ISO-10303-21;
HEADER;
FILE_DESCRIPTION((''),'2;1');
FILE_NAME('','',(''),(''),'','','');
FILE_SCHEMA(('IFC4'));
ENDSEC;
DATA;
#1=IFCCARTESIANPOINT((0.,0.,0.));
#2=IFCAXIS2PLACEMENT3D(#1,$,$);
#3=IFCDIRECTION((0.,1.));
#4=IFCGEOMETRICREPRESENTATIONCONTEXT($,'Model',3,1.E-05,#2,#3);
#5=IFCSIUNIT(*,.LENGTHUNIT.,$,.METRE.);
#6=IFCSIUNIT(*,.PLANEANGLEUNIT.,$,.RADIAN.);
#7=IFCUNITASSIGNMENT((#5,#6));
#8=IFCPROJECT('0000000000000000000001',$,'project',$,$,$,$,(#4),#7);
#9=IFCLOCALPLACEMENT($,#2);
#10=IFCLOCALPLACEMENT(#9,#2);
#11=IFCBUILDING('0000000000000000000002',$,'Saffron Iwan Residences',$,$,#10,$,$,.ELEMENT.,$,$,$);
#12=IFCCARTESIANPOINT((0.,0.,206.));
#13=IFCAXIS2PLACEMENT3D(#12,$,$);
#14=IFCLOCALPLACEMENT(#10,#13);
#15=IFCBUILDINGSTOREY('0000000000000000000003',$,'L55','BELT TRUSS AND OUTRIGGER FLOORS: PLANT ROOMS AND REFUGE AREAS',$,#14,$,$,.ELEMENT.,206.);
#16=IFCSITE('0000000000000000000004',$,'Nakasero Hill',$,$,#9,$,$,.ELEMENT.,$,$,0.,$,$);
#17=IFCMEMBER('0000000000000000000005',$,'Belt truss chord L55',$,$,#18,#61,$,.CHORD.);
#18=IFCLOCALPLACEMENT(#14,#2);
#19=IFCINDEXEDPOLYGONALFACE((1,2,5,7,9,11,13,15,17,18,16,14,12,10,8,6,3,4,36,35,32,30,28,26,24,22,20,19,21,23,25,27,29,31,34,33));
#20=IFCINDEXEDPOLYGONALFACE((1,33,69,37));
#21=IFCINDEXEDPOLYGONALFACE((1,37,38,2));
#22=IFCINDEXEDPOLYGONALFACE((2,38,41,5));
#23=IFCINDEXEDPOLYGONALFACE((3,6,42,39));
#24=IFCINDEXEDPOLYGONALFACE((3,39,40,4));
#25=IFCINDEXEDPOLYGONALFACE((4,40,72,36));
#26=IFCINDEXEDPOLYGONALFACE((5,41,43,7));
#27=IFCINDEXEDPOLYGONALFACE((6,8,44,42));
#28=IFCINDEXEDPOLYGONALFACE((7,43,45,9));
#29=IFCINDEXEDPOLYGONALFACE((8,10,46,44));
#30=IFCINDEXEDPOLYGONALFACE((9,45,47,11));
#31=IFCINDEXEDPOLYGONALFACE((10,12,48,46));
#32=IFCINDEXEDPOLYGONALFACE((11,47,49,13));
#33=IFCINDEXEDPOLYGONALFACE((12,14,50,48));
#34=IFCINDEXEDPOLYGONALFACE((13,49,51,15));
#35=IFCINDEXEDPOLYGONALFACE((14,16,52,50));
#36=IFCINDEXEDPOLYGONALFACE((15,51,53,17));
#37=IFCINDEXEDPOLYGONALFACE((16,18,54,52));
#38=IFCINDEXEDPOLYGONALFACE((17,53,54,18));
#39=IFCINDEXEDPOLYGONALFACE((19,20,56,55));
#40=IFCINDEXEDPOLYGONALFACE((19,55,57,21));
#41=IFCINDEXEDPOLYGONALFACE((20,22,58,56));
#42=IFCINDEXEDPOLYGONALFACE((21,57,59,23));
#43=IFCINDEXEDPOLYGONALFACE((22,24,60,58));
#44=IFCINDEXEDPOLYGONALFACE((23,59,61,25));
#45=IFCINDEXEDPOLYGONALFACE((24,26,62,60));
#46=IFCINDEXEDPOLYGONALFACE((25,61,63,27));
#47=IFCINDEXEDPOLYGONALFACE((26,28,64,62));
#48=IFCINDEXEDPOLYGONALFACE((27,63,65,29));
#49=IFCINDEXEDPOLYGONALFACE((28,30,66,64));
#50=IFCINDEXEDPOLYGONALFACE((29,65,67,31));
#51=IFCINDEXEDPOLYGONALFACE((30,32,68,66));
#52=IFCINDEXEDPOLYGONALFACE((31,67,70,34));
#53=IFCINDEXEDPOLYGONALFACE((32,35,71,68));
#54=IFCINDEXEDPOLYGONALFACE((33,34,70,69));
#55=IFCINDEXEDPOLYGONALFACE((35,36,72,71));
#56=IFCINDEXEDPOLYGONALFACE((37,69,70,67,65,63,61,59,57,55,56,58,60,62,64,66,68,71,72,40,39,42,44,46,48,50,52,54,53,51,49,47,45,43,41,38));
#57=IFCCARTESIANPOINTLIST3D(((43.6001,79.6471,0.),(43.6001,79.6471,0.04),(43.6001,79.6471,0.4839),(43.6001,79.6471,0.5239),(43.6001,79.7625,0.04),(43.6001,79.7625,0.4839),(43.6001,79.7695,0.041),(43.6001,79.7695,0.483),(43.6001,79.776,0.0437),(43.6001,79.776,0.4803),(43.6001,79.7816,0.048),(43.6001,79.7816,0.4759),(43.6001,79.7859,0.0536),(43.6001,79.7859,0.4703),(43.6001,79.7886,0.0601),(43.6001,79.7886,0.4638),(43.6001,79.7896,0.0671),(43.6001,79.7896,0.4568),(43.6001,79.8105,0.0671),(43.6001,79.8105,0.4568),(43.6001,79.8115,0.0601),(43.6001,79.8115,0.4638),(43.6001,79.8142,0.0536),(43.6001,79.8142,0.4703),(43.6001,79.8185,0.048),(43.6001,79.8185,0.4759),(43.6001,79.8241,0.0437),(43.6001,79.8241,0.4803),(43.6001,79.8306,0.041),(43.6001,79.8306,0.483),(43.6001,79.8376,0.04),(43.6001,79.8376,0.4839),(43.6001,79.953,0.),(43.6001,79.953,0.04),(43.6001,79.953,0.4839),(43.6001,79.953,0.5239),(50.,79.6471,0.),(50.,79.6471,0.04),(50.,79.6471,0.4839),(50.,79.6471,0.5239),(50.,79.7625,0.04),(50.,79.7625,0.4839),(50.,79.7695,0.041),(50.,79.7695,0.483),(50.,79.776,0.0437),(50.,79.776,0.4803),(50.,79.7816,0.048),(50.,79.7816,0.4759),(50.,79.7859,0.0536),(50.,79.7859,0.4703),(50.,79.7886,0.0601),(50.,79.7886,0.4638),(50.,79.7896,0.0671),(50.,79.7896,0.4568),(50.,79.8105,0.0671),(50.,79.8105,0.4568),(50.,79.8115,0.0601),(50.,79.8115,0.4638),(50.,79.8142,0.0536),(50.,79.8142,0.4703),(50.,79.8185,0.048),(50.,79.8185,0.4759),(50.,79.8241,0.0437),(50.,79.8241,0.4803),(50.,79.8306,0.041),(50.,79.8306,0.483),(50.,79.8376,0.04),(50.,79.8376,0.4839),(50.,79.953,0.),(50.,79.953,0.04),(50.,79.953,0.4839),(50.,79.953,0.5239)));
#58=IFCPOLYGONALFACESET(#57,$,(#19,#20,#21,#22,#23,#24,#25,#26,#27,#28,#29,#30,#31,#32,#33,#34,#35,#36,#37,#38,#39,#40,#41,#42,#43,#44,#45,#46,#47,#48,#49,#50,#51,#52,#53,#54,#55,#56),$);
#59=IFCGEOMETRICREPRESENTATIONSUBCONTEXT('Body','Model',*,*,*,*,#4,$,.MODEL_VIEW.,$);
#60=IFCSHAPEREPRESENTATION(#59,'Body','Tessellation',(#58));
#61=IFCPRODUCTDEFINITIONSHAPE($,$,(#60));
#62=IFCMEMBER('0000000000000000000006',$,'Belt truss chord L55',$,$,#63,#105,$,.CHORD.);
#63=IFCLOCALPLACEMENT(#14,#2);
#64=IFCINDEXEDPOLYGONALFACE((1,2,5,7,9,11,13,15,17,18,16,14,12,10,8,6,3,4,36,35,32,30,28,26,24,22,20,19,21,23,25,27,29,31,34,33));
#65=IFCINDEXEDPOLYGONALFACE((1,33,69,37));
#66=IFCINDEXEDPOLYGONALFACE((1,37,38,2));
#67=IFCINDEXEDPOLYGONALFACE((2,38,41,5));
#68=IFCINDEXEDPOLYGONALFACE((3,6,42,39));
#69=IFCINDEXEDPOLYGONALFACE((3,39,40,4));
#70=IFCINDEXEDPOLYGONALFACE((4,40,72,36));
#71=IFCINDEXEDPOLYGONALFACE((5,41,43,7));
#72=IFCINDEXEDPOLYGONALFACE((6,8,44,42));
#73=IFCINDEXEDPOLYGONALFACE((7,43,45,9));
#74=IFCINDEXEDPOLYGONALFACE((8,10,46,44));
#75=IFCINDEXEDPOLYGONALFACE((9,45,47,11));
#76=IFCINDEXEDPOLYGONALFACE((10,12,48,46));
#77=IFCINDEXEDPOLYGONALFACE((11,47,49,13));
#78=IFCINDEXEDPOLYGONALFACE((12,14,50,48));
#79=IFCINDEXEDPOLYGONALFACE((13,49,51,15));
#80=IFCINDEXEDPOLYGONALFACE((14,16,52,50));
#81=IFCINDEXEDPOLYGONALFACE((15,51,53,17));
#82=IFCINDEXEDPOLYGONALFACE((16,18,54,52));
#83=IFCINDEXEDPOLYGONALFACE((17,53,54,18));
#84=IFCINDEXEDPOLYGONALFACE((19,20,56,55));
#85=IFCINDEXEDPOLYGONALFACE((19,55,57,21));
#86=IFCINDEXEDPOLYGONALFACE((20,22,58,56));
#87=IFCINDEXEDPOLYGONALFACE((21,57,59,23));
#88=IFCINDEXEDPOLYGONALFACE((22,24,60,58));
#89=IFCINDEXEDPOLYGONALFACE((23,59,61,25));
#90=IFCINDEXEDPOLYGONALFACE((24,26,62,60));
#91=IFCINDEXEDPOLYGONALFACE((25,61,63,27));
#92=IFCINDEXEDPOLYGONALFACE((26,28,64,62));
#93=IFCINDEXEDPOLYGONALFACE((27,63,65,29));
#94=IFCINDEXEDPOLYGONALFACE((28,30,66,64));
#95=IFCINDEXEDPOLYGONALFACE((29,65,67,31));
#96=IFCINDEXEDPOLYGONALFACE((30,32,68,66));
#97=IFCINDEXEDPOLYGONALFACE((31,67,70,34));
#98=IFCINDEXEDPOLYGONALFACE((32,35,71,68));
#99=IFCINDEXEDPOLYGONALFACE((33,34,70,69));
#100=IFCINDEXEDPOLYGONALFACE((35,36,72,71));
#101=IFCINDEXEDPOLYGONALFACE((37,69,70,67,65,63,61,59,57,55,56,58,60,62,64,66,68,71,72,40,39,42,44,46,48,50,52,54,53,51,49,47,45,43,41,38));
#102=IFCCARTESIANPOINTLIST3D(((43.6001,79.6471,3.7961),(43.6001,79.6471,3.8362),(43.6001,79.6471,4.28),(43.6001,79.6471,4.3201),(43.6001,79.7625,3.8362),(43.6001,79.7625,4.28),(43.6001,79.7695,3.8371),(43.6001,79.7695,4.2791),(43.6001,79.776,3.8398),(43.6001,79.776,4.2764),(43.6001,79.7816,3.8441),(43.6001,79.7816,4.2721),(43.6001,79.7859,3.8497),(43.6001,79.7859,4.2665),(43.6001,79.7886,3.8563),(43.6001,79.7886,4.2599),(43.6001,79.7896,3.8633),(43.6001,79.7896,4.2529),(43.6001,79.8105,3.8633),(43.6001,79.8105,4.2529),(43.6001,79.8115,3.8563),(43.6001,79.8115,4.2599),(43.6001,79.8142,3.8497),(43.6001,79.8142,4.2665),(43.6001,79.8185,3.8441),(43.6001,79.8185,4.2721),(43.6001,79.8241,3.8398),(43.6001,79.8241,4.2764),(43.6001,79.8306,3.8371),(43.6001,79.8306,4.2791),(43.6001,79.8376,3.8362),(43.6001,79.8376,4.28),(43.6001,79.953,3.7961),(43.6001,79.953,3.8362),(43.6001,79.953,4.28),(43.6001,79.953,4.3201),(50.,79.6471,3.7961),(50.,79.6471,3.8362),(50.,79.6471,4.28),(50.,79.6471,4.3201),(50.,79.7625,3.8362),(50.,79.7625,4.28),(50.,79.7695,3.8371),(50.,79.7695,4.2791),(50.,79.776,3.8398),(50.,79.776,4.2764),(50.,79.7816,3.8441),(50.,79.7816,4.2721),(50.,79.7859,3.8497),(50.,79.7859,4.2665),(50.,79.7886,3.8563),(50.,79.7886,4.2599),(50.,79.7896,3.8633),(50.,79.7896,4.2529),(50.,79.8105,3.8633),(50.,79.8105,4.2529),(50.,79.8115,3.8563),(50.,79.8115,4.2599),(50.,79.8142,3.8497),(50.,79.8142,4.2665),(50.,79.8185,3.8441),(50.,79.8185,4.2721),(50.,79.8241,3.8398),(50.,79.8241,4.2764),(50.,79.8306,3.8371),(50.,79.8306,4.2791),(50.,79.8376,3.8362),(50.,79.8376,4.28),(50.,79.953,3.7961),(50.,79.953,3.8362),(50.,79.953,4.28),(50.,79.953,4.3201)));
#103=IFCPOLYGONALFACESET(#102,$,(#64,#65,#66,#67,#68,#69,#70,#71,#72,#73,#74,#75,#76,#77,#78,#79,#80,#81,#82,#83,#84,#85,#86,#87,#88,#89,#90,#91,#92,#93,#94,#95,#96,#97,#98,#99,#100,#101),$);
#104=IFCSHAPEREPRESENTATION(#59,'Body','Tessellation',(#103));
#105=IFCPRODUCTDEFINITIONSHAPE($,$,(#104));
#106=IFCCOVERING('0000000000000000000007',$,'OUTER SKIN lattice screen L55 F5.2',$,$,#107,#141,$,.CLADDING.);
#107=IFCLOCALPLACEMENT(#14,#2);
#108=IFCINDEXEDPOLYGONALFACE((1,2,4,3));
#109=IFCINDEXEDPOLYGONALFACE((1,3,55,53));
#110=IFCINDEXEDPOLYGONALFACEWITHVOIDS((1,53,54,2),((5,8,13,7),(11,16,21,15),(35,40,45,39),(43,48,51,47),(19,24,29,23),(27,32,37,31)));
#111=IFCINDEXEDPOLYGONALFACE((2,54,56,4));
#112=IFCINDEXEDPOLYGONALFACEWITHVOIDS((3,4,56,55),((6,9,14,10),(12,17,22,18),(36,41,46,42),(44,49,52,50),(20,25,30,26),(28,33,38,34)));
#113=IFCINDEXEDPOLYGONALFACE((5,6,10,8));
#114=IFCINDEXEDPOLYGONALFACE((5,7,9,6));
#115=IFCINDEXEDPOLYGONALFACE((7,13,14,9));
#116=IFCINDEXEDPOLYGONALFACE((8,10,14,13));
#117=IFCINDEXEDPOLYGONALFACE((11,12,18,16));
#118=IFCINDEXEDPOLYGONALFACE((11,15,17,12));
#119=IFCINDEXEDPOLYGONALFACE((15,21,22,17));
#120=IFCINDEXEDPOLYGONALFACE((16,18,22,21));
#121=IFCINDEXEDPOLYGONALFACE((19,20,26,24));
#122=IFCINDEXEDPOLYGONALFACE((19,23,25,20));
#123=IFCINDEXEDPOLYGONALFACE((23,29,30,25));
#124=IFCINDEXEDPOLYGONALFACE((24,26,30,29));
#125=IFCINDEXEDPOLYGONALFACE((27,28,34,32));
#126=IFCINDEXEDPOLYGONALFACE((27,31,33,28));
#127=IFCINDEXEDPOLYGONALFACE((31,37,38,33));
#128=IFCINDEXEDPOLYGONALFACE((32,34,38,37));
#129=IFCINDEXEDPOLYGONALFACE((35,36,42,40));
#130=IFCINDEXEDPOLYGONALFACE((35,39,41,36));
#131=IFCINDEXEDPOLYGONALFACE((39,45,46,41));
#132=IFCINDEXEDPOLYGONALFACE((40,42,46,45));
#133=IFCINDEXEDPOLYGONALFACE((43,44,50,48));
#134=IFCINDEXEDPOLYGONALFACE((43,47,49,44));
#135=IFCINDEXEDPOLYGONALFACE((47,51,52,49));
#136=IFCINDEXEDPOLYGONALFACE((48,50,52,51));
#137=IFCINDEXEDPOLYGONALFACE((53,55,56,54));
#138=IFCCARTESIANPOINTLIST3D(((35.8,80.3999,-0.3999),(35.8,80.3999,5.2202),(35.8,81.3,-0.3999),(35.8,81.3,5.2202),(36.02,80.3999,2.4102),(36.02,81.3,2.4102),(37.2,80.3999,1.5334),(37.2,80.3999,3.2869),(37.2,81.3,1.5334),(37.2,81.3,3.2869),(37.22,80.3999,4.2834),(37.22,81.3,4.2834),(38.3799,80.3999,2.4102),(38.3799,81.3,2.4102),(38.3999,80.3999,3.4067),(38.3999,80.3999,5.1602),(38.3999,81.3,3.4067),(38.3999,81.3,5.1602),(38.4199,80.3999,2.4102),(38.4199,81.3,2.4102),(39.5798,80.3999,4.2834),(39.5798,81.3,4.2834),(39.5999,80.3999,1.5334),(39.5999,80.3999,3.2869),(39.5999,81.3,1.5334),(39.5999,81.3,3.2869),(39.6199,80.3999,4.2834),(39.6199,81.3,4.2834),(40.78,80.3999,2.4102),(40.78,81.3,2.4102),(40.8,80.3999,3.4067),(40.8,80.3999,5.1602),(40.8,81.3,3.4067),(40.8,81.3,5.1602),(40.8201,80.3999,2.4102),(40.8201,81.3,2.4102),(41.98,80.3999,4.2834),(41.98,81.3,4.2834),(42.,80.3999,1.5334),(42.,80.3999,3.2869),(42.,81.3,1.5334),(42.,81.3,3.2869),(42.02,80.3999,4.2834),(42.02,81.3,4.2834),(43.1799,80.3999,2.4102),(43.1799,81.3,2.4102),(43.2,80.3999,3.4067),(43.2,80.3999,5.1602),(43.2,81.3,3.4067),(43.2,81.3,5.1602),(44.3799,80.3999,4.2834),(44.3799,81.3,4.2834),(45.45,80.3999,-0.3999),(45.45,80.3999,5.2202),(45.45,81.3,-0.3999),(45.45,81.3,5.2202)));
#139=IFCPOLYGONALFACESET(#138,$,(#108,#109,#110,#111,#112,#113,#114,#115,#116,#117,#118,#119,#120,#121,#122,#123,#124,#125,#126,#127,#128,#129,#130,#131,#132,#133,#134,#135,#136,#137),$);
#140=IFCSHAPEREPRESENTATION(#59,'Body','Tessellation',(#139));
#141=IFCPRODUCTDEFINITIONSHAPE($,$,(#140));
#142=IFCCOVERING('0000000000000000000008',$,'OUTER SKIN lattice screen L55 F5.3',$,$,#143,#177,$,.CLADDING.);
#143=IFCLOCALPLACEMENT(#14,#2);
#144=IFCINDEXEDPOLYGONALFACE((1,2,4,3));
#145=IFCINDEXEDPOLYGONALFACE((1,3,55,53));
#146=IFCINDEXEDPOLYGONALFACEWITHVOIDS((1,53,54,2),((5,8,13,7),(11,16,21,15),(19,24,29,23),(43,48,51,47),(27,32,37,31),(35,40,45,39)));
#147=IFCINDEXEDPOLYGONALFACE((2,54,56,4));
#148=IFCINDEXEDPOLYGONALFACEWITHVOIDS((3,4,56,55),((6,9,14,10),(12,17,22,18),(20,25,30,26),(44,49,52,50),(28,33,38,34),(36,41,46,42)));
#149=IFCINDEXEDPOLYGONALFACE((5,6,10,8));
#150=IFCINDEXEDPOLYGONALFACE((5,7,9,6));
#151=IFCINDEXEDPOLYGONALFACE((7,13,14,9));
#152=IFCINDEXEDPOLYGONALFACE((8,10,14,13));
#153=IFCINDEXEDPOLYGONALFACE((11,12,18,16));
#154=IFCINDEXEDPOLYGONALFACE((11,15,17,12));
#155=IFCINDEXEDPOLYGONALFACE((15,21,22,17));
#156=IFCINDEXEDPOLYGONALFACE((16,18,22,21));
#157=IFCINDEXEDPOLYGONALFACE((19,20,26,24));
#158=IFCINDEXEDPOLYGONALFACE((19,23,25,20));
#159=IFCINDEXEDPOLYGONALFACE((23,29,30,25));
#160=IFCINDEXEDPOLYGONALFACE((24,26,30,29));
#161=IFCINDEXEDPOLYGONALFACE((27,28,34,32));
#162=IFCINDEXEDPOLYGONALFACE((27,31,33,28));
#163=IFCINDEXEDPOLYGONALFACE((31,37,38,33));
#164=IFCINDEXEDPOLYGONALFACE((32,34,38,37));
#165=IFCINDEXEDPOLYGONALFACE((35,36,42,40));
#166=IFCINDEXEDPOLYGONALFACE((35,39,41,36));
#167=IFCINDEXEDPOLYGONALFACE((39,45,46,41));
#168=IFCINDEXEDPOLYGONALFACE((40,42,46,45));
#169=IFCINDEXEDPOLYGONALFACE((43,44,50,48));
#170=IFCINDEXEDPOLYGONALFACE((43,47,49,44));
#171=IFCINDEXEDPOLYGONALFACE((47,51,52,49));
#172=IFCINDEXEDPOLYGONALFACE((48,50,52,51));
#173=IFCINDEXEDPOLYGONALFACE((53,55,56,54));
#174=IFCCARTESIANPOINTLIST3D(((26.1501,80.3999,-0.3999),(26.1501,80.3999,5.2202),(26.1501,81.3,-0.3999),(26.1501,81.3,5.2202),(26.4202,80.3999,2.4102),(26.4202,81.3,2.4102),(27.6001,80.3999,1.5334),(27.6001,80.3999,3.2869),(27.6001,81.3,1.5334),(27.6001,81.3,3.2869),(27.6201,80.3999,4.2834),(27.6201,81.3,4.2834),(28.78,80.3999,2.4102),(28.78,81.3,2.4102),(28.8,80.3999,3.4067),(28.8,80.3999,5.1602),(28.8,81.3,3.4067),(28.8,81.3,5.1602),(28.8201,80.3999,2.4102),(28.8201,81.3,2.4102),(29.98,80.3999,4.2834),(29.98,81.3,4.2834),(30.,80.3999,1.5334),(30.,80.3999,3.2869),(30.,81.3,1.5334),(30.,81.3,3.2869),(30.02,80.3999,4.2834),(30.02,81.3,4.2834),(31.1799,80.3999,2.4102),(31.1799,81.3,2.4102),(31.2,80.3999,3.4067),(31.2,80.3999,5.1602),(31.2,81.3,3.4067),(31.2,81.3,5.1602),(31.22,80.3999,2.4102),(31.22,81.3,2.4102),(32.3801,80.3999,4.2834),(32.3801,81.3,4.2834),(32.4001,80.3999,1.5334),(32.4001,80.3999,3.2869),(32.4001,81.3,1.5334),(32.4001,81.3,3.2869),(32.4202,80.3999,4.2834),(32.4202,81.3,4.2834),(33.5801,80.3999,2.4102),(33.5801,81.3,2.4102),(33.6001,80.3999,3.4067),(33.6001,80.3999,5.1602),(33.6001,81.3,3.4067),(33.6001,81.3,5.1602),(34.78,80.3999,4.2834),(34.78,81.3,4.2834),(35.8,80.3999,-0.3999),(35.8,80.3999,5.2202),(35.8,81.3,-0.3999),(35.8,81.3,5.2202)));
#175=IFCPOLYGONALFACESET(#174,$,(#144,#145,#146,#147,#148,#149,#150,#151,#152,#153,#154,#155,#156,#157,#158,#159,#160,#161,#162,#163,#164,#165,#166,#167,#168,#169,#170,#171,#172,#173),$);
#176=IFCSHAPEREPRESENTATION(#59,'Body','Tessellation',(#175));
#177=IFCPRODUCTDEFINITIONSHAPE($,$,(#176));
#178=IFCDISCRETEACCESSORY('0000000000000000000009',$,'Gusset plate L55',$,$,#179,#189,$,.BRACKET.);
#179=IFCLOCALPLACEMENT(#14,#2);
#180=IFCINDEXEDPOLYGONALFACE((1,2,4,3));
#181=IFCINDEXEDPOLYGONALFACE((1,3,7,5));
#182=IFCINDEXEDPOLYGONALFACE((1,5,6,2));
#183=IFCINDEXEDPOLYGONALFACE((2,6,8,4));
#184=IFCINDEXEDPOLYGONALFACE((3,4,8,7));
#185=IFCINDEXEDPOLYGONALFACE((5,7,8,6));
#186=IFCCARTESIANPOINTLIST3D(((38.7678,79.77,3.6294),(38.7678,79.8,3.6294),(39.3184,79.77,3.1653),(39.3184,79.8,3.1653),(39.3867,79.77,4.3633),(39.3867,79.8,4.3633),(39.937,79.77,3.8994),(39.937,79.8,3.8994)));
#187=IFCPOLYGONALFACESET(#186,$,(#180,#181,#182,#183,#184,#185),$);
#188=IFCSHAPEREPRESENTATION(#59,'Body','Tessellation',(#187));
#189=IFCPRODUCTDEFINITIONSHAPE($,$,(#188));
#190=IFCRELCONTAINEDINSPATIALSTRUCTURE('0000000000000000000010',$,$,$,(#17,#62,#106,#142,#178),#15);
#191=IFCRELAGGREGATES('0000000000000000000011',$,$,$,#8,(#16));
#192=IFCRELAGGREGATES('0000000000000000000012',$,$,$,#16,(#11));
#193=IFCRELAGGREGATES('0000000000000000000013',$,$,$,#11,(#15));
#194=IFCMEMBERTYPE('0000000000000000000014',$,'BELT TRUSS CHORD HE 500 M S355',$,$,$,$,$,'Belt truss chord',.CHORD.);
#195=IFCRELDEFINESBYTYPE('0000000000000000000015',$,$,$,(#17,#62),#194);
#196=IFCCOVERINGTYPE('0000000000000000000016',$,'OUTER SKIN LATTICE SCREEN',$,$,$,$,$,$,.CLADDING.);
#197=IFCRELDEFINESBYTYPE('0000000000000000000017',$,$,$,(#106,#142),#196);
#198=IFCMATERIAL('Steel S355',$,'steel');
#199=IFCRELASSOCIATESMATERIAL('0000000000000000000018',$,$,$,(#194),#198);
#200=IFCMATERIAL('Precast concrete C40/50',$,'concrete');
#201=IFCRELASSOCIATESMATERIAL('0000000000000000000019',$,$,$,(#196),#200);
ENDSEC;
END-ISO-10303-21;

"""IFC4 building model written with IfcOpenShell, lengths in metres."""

from ifc_helpers import new_model, si_unit, direction, frame, origin, origin_2d, place, context, subcontext, project, spatial, polyline, i_section, outline, extrude, source, transform, mapped, material, material_profile, profile_set, type_object, element, save


model = new_model("IFC4")

# Units and contexts
model_context = context("Model", 3, precision=1e-05, world=origin(), true_north=direction((0.0, 1.0)))
body_context = subcontext(model_context, "Body", "Model", "MODEL_VIEW")
ifc_project = project(units=[si_unit("LENGTHUNIT", "METRE"), si_unit("PLANEANGLEUNIT", "RADIAN")], contexts=[model_context])

# Site, building, storey
site_placement = place(None, origin())
site = spatial("IfcSite", under=ifc_project, at=site_placement, Name="Nakasero Hill", CompositionType="ELEMENT", RefElevation=0.0)
building_placement = place(site_placement, origin())
building = spatial("IfcBuilding", under=site, at=building_placement, Name="Saffron Iwan Residences", CompositionType="ELEMENT")
storey_placement = place(building_placement, frame((0.0, 0.0, 206.0)))
storey = spatial("IfcBuildingStorey", under=building, at=storey_placement, Name="L55", Description="BELT TRUSS AND OUTRIGGER FLOORS: PLANT ROOMS AND REFUGE AREAS", CompositionType="ELEMENT", Elevation=206.0)

# Members
ifc_material_1 = material(Name="Steel S355", Category="steel")
ifc_material_profile_1 = material_profile(ifc_material_1, i_section(OverallWidth=0.3059, OverallDepth=0.5239, WebThickness=0.021, FlangeThickness=0.04, FilletRadius=0.0271, at=origin_2d()), Name="HE 500 M")
ifc_profile_set_1 = profile_set([ifc_material_profile_1], Name="Steel S355")
member_type_1 = type_object("IfcMemberType", Name="BELT TRUSS CHORD HE 500 M S355", ElementType="Belt truss chord", PredefinedType="CHORD", material=ifc_profile_set_1)
shared_shape_1 = source(origin(), body_context, "Body", "SweptSolid", [
    extrude(i_section(OverallWidth=0.3059, OverallDepth=0.5239, WebThickness=0.021, FlangeThickness=0.04, FilletRadius=0.0271, at=origin_2d()), origin(), (0.0, 0.0, 1.0), 6.3999),
])
for number, where, z_axis, x_axis, name in (
    (1, (43.6001, 79.8, 0.262), (1.0, 0.0, 0.0), (0.0, 1.0, 0.0), "Belt truss chord L55"),
    (2, (43.6001, 79.8, 4.0581), (1.0, 0.0, 0.0), (0.0, 1.0, 0.0), "Belt truss chord L55"),
):
    element("IfcMember", number, at=place(storey_placement, frame(where, z_axis=z_axis, x_axis=x_axis)), inside=storey, type_object=member_type_1, Name=name, PredefinedType="CHORD", context=body_context, shape_type="MappedRepresentation", body=[
        mapped(shared_shape_1, transform((0.0, 0.0, 0.0))),
    ])

# Coverings
ifc_material_2 = material(Name="Precast concrete C40/50", Category="concrete")
covering_type = type_object("IfcCoveringType", Name="OUTER SKIN LATTICE SCREEN", PredefinedType="CLADDING", material=ifc_material_2)
covering_1_placement = place(storey_placement, frame((45.45, 80.3999, -0.3999), z_axis=(0.0, 1.0, 0.0), x_axis=(-1.0, 0.0, 0.0)))
element("IfcCovering", 3, at=covering_1_placement, inside=storey, type_object=covering_type, Name="OUTER SKIN lattice screen L55 F5.2", PredefinedType="CLADDING", context=body_context, shape_type="SweptSolid", body=[
    extrude(outline(polyline([(0.0, 0.0), (9.6499, 0.0), (9.6499, 5.6201), (0.0, 5.6201), (0.0, 0.0)]), holes=[polyline([(2.27, 2.8101), (3.45, 1.9333), (4.6299, 2.8101), (3.45, 3.6868), (2.27, 2.8101)]), polyline([(4.6699, 2.8101), (5.8501, 1.9333), (7.03, 2.8101), (5.8501, 3.6868), (4.6699, 2.8101)]), polyline([(7.0701, 2.8101), (8.25, 1.9333), (9.4299, 2.8101), (8.25, 3.6868), (7.0701, 2.8101)]), polyline([(1.0701, 4.6833), (2.25, 3.8066), (3.4299, 4.6833), (2.25, 5.5601), (1.0701, 4.6833)]), polyline([(3.47, 4.6833), (4.6499, 3.8066), (5.8301, 4.6833), (4.6499, 5.5601), (3.47, 4.6833)]), polyline([(5.8701, 4.6833), (7.05, 3.8066), (8.23, 4.6833), (7.05, 5.5601), (5.8701, 4.6833)])]), origin(), (0.0, 0.0, 1.0), 0.9001),
])
covering_2_placement = place(storey_placement, frame((35.8, 80.3999, -0.3999), z_axis=(0.0, 1.0, 0.0), x_axis=(-1.0, 0.0, 0.0)))
element("IfcCovering", 4, at=covering_2_placement, inside=storey, type_object=covering_type, Name="OUTER SKIN lattice screen L55 F5.3", PredefinedType="CLADDING", context=body_context, shape_type="SweptSolid", body=[
    extrude(outline(polyline([(0.0, 0.0), (9.6499, 0.0), (9.6499, 5.6201), (0.0, 5.6201), (0.0, 0.0)]), holes=[polyline([(2.22, 2.8101), (3.3999, 1.9333), (4.5801, 2.8101), (3.3999, 3.6868), (2.22, 2.8101)]), polyline([(4.6201, 2.8101), (5.8, 1.9333), (6.98, 2.8101), (5.8, 3.6868), (4.6201, 2.8101)]), polyline([(7.02, 2.8101), (8.2, 1.9333), (9.3799, 2.8101), (8.2, 3.6868), (7.02, 2.8101)]), polyline([(1.02, 4.6833), (2.2, 3.8066), (3.3799, 4.6833), (2.2, 5.5601), (1.02, 4.6833)]), polyline([(3.4199, 4.6833), (4.6001, 3.8066), (5.78, 4.6833), (4.6001, 5.5601), (3.4199, 4.6833)]), polyline([(5.8201, 4.6833), (7.0, 3.8066), (8.1799, 4.6833), (7.0, 5.5601), (5.8201, 4.6833)])]), origin(), (0.0, 0.0, 1.0), 0.9001),
])

# Discrete accessory
discrete_accessory_1_placement = place(storey_placement, frame((39.937, 79.8, 3.8994), z_axis=(0.0, 1.0, 0.0), x_axis=(-0.644402, 0.0, -0.764687)))
element("IfcDiscreteAccessory", 5, at=discrete_accessory_1_placement, inside=storey, Name="Gusset plate L55", PredefinedType="BRACKET", context=body_context, shape_type="SweptSolid", body=[
    extrude(outline(polyline([(0.0, 0.0), (0.96, 0.0), (0.9599, 0.7201), (-0.0001, 0.7197), (0.0, 0.0)])), origin(), (0.0, 0.0, -1.0), 0.03),
])

save(model, "model.ifc")
